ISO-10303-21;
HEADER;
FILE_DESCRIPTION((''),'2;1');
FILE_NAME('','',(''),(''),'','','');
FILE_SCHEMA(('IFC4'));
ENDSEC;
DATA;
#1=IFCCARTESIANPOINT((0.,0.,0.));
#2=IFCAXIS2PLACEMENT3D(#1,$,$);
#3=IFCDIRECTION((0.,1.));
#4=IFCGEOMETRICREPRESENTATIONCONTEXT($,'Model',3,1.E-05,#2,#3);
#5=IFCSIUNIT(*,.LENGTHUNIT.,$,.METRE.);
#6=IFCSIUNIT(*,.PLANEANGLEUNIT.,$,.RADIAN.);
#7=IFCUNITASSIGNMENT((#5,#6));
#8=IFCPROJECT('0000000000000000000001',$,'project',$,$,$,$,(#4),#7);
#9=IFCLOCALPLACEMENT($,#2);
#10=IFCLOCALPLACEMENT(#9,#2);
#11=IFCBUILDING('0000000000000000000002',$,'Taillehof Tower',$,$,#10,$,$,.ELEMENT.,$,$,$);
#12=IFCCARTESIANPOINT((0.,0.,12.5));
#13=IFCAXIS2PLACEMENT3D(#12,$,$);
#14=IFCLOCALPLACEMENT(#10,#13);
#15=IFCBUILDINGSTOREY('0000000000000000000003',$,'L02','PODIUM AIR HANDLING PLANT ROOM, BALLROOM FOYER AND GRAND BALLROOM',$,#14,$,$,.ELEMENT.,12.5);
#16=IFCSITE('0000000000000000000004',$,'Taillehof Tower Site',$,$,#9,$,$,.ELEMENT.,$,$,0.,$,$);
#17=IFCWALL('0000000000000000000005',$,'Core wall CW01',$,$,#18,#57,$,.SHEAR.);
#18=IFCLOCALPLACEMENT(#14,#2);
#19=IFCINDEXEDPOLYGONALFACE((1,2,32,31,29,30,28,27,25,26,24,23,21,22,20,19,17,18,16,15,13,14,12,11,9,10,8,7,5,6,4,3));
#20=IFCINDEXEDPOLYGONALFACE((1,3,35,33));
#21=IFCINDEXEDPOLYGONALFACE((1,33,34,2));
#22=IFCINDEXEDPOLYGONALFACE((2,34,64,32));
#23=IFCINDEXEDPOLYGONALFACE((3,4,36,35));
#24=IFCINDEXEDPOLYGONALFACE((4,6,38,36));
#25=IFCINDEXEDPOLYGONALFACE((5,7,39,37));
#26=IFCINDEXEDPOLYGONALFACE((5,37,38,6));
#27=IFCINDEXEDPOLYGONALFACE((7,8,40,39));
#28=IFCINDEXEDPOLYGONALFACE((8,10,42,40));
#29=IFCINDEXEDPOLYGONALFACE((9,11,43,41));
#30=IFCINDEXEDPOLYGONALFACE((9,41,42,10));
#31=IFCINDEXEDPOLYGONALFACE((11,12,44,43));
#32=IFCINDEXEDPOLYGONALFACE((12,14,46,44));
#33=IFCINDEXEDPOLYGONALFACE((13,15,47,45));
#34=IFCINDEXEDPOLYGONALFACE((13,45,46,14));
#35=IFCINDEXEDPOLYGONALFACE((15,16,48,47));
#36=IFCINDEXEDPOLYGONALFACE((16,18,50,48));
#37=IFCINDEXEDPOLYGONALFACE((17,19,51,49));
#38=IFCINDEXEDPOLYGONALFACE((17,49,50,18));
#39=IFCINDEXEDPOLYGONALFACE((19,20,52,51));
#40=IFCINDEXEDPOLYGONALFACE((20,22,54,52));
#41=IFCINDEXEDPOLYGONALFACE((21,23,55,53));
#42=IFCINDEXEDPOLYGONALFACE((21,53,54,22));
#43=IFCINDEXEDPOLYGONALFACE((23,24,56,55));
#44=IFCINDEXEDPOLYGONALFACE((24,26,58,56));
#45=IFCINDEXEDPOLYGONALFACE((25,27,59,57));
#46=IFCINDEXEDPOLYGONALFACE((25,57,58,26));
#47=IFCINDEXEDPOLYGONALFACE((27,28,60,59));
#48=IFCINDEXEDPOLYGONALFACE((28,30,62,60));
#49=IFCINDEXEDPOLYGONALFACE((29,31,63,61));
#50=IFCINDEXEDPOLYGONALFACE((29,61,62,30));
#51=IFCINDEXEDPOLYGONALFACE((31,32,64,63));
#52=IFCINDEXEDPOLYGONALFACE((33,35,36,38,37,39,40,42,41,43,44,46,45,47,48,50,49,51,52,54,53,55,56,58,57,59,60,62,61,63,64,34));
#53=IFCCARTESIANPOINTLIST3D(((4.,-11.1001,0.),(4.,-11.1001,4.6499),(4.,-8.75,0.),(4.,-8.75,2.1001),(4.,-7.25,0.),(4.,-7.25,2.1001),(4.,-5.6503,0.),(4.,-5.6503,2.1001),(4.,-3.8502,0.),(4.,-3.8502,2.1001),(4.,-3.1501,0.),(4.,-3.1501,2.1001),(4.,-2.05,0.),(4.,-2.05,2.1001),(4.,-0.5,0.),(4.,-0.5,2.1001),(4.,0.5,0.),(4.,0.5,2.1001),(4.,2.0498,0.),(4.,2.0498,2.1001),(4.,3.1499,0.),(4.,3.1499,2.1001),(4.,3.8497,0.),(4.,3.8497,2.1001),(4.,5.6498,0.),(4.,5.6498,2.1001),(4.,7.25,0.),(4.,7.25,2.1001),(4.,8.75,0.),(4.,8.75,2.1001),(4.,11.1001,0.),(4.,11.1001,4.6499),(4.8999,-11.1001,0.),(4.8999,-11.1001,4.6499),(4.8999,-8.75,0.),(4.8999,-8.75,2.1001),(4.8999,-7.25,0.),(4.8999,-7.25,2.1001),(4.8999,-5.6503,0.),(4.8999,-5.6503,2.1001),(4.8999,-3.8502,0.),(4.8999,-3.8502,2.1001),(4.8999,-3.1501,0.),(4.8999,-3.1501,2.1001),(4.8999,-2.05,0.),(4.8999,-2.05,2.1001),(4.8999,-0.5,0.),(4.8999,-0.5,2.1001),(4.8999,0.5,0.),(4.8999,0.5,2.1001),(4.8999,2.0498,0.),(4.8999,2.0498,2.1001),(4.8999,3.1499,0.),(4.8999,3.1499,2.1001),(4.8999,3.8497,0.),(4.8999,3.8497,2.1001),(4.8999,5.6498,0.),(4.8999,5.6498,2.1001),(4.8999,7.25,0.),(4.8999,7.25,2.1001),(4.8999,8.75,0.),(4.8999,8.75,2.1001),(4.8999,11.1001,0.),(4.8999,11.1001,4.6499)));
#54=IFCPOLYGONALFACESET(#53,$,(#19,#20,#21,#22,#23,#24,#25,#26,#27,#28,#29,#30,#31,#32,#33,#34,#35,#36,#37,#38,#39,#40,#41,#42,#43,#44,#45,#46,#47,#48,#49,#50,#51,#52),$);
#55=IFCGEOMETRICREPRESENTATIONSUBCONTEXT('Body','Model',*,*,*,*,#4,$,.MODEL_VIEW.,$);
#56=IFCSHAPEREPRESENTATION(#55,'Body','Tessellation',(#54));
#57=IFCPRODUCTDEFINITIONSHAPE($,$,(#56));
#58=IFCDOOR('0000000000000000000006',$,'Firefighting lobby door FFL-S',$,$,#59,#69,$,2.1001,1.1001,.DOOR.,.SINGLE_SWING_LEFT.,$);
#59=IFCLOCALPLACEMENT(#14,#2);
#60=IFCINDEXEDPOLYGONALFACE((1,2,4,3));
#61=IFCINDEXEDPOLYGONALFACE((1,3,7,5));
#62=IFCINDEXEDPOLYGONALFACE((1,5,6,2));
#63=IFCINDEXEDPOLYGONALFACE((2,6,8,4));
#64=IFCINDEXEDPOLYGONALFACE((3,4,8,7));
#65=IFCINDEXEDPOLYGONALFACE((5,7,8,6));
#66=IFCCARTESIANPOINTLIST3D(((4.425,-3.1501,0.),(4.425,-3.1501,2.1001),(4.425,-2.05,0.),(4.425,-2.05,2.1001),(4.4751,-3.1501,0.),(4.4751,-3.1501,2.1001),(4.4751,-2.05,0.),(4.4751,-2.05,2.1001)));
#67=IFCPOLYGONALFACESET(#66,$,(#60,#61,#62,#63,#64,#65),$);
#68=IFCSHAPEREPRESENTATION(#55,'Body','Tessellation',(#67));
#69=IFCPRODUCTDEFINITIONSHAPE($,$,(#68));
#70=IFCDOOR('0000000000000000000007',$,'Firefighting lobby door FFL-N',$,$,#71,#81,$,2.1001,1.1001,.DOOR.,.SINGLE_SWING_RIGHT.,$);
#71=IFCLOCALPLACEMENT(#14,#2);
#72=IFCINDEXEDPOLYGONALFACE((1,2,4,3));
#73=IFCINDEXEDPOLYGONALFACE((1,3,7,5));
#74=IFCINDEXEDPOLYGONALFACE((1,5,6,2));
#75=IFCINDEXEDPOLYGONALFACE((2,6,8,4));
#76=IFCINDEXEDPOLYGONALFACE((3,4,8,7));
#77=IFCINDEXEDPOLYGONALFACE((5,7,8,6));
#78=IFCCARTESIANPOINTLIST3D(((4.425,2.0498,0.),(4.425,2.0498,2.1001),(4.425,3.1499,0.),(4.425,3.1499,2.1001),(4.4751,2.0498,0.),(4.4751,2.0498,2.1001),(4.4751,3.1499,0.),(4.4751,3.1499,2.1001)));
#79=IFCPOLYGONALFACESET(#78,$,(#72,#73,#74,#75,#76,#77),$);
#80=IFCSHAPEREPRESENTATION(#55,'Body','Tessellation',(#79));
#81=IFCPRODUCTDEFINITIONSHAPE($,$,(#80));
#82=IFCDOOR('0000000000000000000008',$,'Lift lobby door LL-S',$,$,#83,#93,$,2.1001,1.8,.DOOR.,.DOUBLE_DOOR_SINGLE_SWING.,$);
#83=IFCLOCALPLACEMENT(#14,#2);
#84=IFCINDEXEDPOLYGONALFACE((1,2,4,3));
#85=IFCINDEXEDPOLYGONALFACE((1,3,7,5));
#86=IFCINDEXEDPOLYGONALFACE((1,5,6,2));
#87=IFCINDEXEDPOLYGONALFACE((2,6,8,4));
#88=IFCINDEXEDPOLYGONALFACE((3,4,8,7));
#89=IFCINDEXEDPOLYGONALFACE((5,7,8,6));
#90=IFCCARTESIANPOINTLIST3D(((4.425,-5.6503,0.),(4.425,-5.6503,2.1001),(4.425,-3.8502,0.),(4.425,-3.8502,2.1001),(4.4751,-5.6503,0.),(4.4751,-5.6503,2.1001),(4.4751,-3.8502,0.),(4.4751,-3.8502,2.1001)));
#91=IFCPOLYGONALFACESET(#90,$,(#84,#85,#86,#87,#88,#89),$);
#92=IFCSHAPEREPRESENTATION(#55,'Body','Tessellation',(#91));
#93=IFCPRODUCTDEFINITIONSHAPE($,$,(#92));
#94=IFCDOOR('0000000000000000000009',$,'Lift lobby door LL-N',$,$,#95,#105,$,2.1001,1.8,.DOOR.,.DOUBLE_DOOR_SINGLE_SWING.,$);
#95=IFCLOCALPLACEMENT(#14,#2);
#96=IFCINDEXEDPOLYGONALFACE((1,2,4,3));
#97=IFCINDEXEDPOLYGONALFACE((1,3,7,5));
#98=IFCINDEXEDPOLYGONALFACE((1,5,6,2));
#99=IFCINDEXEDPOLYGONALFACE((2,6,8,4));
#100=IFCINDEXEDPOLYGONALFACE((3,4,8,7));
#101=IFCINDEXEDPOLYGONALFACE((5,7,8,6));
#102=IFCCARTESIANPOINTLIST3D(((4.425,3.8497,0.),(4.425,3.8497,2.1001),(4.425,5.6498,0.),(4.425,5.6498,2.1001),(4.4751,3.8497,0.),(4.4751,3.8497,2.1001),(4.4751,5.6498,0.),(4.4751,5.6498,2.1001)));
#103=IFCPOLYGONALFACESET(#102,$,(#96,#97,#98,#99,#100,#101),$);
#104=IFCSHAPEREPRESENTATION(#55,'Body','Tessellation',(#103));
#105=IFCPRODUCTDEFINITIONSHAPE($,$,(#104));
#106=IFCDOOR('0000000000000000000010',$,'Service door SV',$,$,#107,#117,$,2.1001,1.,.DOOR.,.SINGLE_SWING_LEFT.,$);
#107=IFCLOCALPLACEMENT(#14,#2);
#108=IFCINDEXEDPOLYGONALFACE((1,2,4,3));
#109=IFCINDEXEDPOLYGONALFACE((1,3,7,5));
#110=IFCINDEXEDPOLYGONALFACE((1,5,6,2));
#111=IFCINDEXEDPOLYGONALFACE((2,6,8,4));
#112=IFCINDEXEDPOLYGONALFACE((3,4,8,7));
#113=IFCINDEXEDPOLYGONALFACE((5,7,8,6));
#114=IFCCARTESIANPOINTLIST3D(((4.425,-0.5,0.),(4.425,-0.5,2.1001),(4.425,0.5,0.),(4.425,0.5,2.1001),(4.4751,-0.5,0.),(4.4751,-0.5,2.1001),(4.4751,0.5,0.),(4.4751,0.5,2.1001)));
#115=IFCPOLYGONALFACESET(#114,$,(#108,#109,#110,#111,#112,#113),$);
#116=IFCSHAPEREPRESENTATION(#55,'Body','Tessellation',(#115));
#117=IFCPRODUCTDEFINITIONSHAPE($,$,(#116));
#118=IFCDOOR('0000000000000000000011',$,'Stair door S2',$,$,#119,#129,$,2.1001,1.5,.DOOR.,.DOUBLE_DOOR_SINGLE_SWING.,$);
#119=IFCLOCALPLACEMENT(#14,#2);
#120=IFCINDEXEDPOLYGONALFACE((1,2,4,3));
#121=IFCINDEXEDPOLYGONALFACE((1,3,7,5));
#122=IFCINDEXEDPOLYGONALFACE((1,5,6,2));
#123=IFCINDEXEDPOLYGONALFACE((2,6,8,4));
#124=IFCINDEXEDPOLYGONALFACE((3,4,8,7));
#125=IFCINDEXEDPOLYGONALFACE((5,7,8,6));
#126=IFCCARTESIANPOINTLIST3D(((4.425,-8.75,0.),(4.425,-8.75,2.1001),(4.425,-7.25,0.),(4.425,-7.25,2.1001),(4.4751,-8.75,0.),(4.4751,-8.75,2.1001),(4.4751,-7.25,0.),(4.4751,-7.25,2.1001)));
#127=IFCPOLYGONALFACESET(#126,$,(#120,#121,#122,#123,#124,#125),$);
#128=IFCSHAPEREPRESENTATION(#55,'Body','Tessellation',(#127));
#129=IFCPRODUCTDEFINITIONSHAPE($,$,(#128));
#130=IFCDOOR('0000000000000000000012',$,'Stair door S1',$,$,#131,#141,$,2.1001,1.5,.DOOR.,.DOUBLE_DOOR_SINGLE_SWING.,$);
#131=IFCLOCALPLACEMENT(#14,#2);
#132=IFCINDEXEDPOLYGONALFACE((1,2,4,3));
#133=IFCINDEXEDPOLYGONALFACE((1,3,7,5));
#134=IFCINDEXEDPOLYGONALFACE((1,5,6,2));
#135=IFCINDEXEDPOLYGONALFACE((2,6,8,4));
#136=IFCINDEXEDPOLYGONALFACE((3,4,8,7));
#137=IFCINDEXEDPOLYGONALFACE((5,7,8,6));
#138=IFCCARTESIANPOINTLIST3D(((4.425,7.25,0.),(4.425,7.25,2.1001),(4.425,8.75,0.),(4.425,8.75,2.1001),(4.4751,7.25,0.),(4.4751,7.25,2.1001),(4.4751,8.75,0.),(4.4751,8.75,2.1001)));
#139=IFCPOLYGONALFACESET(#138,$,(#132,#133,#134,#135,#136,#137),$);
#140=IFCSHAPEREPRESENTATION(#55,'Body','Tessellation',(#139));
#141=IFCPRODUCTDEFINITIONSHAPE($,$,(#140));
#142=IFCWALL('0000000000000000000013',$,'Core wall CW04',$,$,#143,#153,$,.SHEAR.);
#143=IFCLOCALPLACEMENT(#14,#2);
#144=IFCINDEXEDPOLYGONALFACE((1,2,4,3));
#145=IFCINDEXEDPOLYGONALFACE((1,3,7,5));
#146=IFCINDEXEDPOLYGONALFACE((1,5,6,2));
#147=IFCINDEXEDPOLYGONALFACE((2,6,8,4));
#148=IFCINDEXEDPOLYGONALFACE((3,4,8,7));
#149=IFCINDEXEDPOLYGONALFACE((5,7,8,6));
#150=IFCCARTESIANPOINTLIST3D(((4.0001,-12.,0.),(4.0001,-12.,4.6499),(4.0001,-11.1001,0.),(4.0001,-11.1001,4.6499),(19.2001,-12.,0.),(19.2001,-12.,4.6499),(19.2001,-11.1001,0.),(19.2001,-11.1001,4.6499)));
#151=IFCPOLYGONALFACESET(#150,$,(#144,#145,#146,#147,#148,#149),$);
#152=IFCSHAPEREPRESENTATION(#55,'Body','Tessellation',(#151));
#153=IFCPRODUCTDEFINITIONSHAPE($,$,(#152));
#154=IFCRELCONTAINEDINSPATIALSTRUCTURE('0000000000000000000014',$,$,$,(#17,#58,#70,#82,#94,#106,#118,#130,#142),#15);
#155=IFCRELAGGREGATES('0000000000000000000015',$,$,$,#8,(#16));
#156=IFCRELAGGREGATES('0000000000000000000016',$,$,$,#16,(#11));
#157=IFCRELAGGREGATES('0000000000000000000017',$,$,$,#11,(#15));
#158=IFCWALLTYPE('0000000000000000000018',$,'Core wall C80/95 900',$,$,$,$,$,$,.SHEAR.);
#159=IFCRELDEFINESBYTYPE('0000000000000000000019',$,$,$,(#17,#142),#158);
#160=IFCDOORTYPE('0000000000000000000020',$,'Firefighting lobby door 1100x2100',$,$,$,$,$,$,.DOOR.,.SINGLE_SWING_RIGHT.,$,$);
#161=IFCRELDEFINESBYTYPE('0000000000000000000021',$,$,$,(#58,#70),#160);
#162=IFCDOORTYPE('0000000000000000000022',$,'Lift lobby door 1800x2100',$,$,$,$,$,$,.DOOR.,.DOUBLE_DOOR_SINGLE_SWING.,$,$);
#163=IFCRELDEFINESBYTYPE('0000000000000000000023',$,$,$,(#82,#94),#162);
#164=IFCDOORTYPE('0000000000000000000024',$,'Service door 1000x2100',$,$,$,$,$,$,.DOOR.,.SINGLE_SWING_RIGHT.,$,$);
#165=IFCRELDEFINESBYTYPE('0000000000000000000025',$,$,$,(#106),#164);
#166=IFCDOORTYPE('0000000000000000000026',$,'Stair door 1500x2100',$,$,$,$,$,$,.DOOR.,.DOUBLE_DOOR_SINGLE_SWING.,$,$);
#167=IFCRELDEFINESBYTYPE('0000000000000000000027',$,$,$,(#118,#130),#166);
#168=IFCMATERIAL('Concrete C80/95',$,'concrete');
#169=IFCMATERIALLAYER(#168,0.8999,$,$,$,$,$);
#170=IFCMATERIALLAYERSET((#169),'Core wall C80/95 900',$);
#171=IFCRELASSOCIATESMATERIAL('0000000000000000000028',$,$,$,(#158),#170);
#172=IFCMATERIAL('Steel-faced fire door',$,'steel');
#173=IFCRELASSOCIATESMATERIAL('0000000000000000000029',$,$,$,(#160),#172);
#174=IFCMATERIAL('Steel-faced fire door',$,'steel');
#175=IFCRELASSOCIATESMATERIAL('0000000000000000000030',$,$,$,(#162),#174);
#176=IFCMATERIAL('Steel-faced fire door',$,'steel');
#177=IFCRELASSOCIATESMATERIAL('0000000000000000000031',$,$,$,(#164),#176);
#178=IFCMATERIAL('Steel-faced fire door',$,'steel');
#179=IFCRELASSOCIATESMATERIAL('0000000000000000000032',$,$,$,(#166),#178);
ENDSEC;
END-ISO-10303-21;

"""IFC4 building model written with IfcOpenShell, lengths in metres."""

from ifc_helpers import new_model, si_unit, direction, frame, frame_2d, origin, place, context, subcontext, project, spatial, rectangle, extrude, material, layer, layer_set, type_object, element, fill, save


model = new_model("IFC4")

# Units and contexts
model_context = context("Model", 3, precision=1e-05, world=origin(), true_north=direction((0.0, 1.0)))
body_context = subcontext(model_context, "Body", "Model", "MODEL_VIEW")
ifc_project = project(units=[si_unit("LENGTHUNIT", "METRE"), si_unit("PLANEANGLEUNIT", "RADIAN")], contexts=[model_context])

# Site, building, storey
site_placement = place(None, origin())
site = spatial("IfcSite", under=ifc_project, at=site_placement, Name="Taillehof Tower Site", CompositionType="ELEMENT", RefElevation=0.0)
building_placement = place(site_placement, origin())
building = spatial("IfcBuilding", under=site, at=building_placement, Name="Taillehof Tower", CompositionType="ELEMENT")
storey_placement = place(building_placement, frame((0.0, 0.0, 12.5)))
storey = spatial("IfcBuildingStorey", under=building, at=storey_placement, Name="L02", Description="PODIUM AIR HANDLING PLANT ROOM, BALLROOM FOYER AND GRAND BALLROOM", CompositionType="ELEMENT", Elevation=12.5)

# Wall, openings, doors
ifc_material_1 = material(Name="Concrete C80/95", Category="concrete")
ifc_layer_1 = layer(ifc_material_1, 0.8999)
ifc_layer_set_1 = layer_set([ifc_layer_1], Name="Core wall C80/95 900")
wall_type_1 = type_object("IfcWallType", Name="Core wall C80/95 900", PredefinedType="SHEAR", material=ifc_layer_set_1)
wall_1_placement = place(storey_placement, frame((4.45, -11.1001, 0.0), z_axis=(0.0, 0.0, 1.0), x_axis=(0.0, 1.0, 0.0)))
wall_1 = element("IfcWall", 1, at=wall_1_placement, inside=storey, type_object=wall_type_1, Name="Core wall CW01", PredefinedType="SHEAR", context=body_context, shape_type="SweptSolid", body=[
    extrude(rectangle(XDim=22.2002, YDim=0.8999, at=frame_2d((11.1001, 0.0))), origin(), (0.0, 0.0, 1.0), 4.6499),
])
opening_1_placement = place(wall_1_placement, frame((2.3501, 0.0, 0.0)))
opening_1 = element("IfcOpeningElement", 2, at=opening_1_placement, cuts=wall_1, PredefinedType="OPENING", context=body_context, shape_type="SweptSolid", body=[
    extrude(rectangle(XDim=1.5, YDim=2.1001, at=frame_2d((0.75, 1.05))), frame((0.0, 0.46, 0.0), z_axis=(0.0, -1.0, 0.0), x_axis=(1.0, 0.0, 0.0)), (0.0, 0.0, 1.0), 0.9199),
])
opening_2_placement = place(wall_1_placement, frame((5.45, 0.0, 0.0)))
opening_2 = element("IfcOpeningElement", 3, at=opening_2_placement, cuts=wall_1, PredefinedType="OPENING", context=body_context, shape_type="SweptSolid", body=[
    extrude(rectangle(XDim=1.8, YDim=2.1001, at=frame_2d((0.8999, 1.05))), frame((0.0, 0.46, 0.0), z_axis=(0.0, -1.0, 0.0), x_axis=(1.0, 0.0, 0.0)), (0.0, 0.0, 1.0), 0.9199),
])
opening_3_placement = place(wall_1_placement, frame((7.95, 0.0, 0.0)))
opening_3 = element("IfcOpeningElement", 4, at=opening_3_placement, cuts=wall_1, PredefinedType="OPENING", context=body_context, shape_type="SweptSolid", body=[
    extrude(rectangle(XDim=1.1001, YDim=2.1001, at=frame_2d((0.55, 1.05))), frame((0.0, 0.46, 0.0), z_axis=(0.0, -1.0, 0.0), x_axis=(1.0, 0.0, 0.0)), (0.0, 0.0, 1.0), 0.9199),
])
opening_4_placement = place(wall_1_placement, frame((10.6001, 0.0, 0.0)))
opening_4 = element("IfcOpeningElement", 5, at=opening_4_placement, cuts=wall_1, PredefinedType="OPENING", context=body_context, shape_type="SweptSolid", body=[
    extrude(rectangle(XDim=1.0, YDim=2.1001, at=frame_2d((0.5, 1.05))), frame((0.0, 0.46, 0.0), z_axis=(0.0, -1.0, 0.0), x_axis=(1.0, 0.0, 0.0)), (0.0, 0.0, 1.0), 0.9199),
])
opening_5_placement = place(wall_1_placement, frame((13.1499, 0.0, 0.0)))
opening_5 = element("IfcOpeningElement", 6, at=opening_5_placement, cuts=wall_1, PredefinedType="OPENING", context=body_context, shape_type="SweptSolid", body=[
    extrude(rectangle(XDim=1.1001, YDim=2.1001, at=frame_2d((0.55, 1.05))), frame((0.0, 0.46, 0.0), z_axis=(0.0, -1.0, 0.0), x_axis=(1.0, 0.0, 0.0)), (0.0, 0.0, 1.0), 0.9199),
])
opening_6_placement = place(wall_1_placement, frame((14.95, 0.0, 0.0)))
opening_6 = element("IfcOpeningElement", 7, at=opening_6_placement, cuts=wall_1, PredefinedType="OPENING", context=body_context, shape_type="SweptSolid", body=[
    extrude(rectangle(XDim=1.8, YDim=2.1001, at=frame_2d((0.8999, 1.05))), frame((0.0, 0.46, 0.0), z_axis=(0.0, -1.0, 0.0), x_axis=(1.0, 0.0, 0.0)), (0.0, 0.0, 1.0), 0.9199),
])
opening_7_placement = place(wall_1_placement, frame((18.3501, 0.0, 0.0)))
opening_7 = element("IfcOpeningElement", 8, at=opening_7_placement, cuts=wall_1, PredefinedType="OPENING", context=body_context, shape_type="SweptSolid", body=[
    extrude(rectangle(XDim=1.5, YDim=2.1001, at=frame_2d((0.75, 1.05))), frame((0.0, 0.46, 0.0), z_axis=(0.0, -1.0, 0.0), x_axis=(1.0, 0.0, 0.0)), (0.0, 0.0, 1.0), 0.9199),
])
ifc_material_2 = material(Name="Steel-faced fire door", Category="steel")
door_type_1 = type_object("IfcDoorType", Name="Firefighting lobby door 1100x2100", OperationType="SINGLE_SWING_RIGHT", PredefinedType="DOOR", material=ifc_material_2)
door_1_placement = place(opening_3_placement, origin())
door_1 = element("IfcDoor", 9, at=door_1_placement, inside=storey, type_object=door_type_1, Name="Firefighting lobby door FFL-S", OperationType="SINGLE_SWING_LEFT", OverallHeight=2.1001, OverallWidth=1.1001, PredefinedType="DOOR", context=body_context, shape_type="SweptSolid", body=[
    extrude(rectangle(XDim=1.1001, YDim=2.1001, at=frame_2d((0.55, 1.05))), frame((0.0, 0.0249, 0.0), z_axis=(0.0, -1.0, 0.0), x_axis=(1.0, 0.0, 0.0)), (0.0, 0.0, 1.0), 0.05),
])
fill(opening_3, door_1)
door_2_placement = place(opening_5_placement, origin())
door_2 = element("IfcDoor", 10, at=door_2_placement, inside=storey, type_object=door_type_1, Name="Firefighting lobby door FFL-N", OperationType="SINGLE_SWING_RIGHT", OverallHeight=2.1001, OverallWidth=1.1001, PredefinedType="DOOR", context=body_context, shape_type="SweptSolid", body=[
    extrude(rectangle(XDim=1.1001, YDim=2.1001, at=frame_2d((0.55, 1.05))), frame((0.0, 0.0249, 0.0), z_axis=(0.0, -1.0, 0.0), x_axis=(1.0, 0.0, 0.0)), (0.0, 0.0, 1.0), 0.05),
])
fill(opening_5, door_2)
ifc_material_3 = material(Name="Steel-faced fire door", Category="steel")
door_type_2 = type_object("IfcDoorType", Name="Lift lobby door 1800x2100", OperationType="DOUBLE_DOOR_SINGLE_SWING", PredefinedType="DOOR", material=ifc_material_3)
door_3_placement = place(opening_2_placement, origin())
door_3 = element("IfcDoor", 11, at=door_3_placement, inside=storey, type_object=door_type_2, Name="Lift lobby door LL-S", OperationType="DOUBLE_DOOR_SINGLE_SWING", OverallHeight=2.1001, OverallWidth=1.8, PredefinedType="DOOR", context=body_context, shape_type="SweptSolid", body=[
    extrude(rectangle(XDim=1.8, YDim=2.1001, at=frame_2d((0.8999, 1.05))), frame((0.0, 0.0249, 0.0), z_axis=(0.0, -1.0, 0.0), x_axis=(1.0, 0.0, 0.0)), (0.0, 0.0, 1.0), 0.05),
])
fill(opening_2, door_3)
door_4_placement = place(opening_6_placement, origin())
door_4 = element("IfcDoor", 12, at=door_4_placement, inside=storey, type_object=door_type_2, Name="Lift lobby door LL-N", OperationType="DOUBLE_DOOR_SINGLE_SWING", OverallHeight=2.1001, OverallWidth=1.8, PredefinedType="DOOR", context=body_context, shape_type="SweptSolid", body=[
    extrude(rectangle(XDim=1.8, YDim=2.1001, at=frame_2d((0.8999, 1.05))), frame((0.0, 0.0249, 0.0), z_axis=(0.0, -1.0, 0.0), x_axis=(1.0, 0.0, 0.0)), (0.0, 0.0, 1.0), 0.05),
])
fill(opening_6, door_4)
ifc_material_4 = material(Name="Steel-faced fire door", Category="steel")
door_type_3 = type_object("IfcDoorType", Name="Service door 1000x2100", OperationType="SINGLE_SWING_RIGHT", PredefinedType="DOOR", material=ifc_material_4)
door_5_placement = place(opening_4_placement, origin())
door_5 = element("IfcDoor", 13, at=door_5_placement, inside=storey, type_object=door_type_3, Name="Service door SV", OperationType="SINGLE_SWING_LEFT", OverallHeight=2.1001, OverallWidth=1.0, PredefinedType="DOOR", context=body_context, shape_type="SweptSolid", body=[
    extrude(rectangle(XDim=1.0, YDim=2.1001, at=frame_2d((0.5, 1.05))), frame((0.0, 0.0249, 0.0), z_axis=(0.0, -1.0, 0.0), x_axis=(1.0, 0.0, 0.0)), (0.0, 0.0, 1.0), 0.05),
])
fill(opening_4, door_5)
ifc_material_5 = material(Name="Steel-faced fire door", Category="steel")
door_type_4 = type_object("IfcDoorType", Name="Stair door 1500x2100", OperationType="DOUBLE_DOOR_SINGLE_SWING", PredefinedType="DOOR", material=ifc_material_5)
door_6_placement = place(opening_1_placement, origin())
door_6 = element("IfcDoor", 14, at=door_6_placement, inside=storey, type_object=door_type_4, Name="Stair door S2", OperationType="DOUBLE_DOOR_SINGLE_SWING", OverallHeight=2.1001, OverallWidth=1.5, PredefinedType="DOOR", context=body_context, shape_type="SweptSolid", body=[
    extrude(rectangle(XDim=1.5, YDim=2.1001, at=frame_2d((0.75, 1.05))), frame((0.0, 0.0249, 0.0), z_axis=(0.0, -1.0, 0.0), x_axis=(1.0, 0.0, 0.0)), (0.0, 0.0, 1.0), 0.05),
])
fill(opening_1, door_6)
door_7_placement = place(opening_7_placement, origin())
door_7 = element("IfcDoor", 15, at=door_7_placement, inside=storey, type_object=door_type_4, Name="Stair door S1", OperationType="DOUBLE_DOOR_SINGLE_SWING", OverallHeight=2.1001, OverallWidth=1.5, PredefinedType="DOOR", context=body_context, shape_type="SweptSolid", body=[
    extrude(rectangle(XDim=1.5, YDim=2.1001, at=frame_2d((0.75, 1.05))), frame((0.0, 0.0249, 0.0), z_axis=(0.0, -1.0, 0.0), x_axis=(1.0, 0.0, 0.0)), (0.0, 0.0, 1.0), 0.05),
])
fill(opening_7, door_7)

# Wall
wall_2_placement = place(storey_placement, frame((4.0, -11.55, 0.0), z_axis=(0.0, 0.0, 1.0), x_axis=(1.0, 0.0, 0.0)))
element("IfcWall", 16, at=wall_2_placement, inside=storey, type_object=wall_type_1, Name="Core wall CW04", PredefinedType="SHEAR", context=body_context, shape_type="SweptSolid", body=[
    extrude(rectangle(XDim=15.2, YDim=0.8999, at=frame_2d((7.6001, 0.0))), origin(), (0.0, 0.0, 1.0), 4.6499),
])

save(model, "model.ifc")
